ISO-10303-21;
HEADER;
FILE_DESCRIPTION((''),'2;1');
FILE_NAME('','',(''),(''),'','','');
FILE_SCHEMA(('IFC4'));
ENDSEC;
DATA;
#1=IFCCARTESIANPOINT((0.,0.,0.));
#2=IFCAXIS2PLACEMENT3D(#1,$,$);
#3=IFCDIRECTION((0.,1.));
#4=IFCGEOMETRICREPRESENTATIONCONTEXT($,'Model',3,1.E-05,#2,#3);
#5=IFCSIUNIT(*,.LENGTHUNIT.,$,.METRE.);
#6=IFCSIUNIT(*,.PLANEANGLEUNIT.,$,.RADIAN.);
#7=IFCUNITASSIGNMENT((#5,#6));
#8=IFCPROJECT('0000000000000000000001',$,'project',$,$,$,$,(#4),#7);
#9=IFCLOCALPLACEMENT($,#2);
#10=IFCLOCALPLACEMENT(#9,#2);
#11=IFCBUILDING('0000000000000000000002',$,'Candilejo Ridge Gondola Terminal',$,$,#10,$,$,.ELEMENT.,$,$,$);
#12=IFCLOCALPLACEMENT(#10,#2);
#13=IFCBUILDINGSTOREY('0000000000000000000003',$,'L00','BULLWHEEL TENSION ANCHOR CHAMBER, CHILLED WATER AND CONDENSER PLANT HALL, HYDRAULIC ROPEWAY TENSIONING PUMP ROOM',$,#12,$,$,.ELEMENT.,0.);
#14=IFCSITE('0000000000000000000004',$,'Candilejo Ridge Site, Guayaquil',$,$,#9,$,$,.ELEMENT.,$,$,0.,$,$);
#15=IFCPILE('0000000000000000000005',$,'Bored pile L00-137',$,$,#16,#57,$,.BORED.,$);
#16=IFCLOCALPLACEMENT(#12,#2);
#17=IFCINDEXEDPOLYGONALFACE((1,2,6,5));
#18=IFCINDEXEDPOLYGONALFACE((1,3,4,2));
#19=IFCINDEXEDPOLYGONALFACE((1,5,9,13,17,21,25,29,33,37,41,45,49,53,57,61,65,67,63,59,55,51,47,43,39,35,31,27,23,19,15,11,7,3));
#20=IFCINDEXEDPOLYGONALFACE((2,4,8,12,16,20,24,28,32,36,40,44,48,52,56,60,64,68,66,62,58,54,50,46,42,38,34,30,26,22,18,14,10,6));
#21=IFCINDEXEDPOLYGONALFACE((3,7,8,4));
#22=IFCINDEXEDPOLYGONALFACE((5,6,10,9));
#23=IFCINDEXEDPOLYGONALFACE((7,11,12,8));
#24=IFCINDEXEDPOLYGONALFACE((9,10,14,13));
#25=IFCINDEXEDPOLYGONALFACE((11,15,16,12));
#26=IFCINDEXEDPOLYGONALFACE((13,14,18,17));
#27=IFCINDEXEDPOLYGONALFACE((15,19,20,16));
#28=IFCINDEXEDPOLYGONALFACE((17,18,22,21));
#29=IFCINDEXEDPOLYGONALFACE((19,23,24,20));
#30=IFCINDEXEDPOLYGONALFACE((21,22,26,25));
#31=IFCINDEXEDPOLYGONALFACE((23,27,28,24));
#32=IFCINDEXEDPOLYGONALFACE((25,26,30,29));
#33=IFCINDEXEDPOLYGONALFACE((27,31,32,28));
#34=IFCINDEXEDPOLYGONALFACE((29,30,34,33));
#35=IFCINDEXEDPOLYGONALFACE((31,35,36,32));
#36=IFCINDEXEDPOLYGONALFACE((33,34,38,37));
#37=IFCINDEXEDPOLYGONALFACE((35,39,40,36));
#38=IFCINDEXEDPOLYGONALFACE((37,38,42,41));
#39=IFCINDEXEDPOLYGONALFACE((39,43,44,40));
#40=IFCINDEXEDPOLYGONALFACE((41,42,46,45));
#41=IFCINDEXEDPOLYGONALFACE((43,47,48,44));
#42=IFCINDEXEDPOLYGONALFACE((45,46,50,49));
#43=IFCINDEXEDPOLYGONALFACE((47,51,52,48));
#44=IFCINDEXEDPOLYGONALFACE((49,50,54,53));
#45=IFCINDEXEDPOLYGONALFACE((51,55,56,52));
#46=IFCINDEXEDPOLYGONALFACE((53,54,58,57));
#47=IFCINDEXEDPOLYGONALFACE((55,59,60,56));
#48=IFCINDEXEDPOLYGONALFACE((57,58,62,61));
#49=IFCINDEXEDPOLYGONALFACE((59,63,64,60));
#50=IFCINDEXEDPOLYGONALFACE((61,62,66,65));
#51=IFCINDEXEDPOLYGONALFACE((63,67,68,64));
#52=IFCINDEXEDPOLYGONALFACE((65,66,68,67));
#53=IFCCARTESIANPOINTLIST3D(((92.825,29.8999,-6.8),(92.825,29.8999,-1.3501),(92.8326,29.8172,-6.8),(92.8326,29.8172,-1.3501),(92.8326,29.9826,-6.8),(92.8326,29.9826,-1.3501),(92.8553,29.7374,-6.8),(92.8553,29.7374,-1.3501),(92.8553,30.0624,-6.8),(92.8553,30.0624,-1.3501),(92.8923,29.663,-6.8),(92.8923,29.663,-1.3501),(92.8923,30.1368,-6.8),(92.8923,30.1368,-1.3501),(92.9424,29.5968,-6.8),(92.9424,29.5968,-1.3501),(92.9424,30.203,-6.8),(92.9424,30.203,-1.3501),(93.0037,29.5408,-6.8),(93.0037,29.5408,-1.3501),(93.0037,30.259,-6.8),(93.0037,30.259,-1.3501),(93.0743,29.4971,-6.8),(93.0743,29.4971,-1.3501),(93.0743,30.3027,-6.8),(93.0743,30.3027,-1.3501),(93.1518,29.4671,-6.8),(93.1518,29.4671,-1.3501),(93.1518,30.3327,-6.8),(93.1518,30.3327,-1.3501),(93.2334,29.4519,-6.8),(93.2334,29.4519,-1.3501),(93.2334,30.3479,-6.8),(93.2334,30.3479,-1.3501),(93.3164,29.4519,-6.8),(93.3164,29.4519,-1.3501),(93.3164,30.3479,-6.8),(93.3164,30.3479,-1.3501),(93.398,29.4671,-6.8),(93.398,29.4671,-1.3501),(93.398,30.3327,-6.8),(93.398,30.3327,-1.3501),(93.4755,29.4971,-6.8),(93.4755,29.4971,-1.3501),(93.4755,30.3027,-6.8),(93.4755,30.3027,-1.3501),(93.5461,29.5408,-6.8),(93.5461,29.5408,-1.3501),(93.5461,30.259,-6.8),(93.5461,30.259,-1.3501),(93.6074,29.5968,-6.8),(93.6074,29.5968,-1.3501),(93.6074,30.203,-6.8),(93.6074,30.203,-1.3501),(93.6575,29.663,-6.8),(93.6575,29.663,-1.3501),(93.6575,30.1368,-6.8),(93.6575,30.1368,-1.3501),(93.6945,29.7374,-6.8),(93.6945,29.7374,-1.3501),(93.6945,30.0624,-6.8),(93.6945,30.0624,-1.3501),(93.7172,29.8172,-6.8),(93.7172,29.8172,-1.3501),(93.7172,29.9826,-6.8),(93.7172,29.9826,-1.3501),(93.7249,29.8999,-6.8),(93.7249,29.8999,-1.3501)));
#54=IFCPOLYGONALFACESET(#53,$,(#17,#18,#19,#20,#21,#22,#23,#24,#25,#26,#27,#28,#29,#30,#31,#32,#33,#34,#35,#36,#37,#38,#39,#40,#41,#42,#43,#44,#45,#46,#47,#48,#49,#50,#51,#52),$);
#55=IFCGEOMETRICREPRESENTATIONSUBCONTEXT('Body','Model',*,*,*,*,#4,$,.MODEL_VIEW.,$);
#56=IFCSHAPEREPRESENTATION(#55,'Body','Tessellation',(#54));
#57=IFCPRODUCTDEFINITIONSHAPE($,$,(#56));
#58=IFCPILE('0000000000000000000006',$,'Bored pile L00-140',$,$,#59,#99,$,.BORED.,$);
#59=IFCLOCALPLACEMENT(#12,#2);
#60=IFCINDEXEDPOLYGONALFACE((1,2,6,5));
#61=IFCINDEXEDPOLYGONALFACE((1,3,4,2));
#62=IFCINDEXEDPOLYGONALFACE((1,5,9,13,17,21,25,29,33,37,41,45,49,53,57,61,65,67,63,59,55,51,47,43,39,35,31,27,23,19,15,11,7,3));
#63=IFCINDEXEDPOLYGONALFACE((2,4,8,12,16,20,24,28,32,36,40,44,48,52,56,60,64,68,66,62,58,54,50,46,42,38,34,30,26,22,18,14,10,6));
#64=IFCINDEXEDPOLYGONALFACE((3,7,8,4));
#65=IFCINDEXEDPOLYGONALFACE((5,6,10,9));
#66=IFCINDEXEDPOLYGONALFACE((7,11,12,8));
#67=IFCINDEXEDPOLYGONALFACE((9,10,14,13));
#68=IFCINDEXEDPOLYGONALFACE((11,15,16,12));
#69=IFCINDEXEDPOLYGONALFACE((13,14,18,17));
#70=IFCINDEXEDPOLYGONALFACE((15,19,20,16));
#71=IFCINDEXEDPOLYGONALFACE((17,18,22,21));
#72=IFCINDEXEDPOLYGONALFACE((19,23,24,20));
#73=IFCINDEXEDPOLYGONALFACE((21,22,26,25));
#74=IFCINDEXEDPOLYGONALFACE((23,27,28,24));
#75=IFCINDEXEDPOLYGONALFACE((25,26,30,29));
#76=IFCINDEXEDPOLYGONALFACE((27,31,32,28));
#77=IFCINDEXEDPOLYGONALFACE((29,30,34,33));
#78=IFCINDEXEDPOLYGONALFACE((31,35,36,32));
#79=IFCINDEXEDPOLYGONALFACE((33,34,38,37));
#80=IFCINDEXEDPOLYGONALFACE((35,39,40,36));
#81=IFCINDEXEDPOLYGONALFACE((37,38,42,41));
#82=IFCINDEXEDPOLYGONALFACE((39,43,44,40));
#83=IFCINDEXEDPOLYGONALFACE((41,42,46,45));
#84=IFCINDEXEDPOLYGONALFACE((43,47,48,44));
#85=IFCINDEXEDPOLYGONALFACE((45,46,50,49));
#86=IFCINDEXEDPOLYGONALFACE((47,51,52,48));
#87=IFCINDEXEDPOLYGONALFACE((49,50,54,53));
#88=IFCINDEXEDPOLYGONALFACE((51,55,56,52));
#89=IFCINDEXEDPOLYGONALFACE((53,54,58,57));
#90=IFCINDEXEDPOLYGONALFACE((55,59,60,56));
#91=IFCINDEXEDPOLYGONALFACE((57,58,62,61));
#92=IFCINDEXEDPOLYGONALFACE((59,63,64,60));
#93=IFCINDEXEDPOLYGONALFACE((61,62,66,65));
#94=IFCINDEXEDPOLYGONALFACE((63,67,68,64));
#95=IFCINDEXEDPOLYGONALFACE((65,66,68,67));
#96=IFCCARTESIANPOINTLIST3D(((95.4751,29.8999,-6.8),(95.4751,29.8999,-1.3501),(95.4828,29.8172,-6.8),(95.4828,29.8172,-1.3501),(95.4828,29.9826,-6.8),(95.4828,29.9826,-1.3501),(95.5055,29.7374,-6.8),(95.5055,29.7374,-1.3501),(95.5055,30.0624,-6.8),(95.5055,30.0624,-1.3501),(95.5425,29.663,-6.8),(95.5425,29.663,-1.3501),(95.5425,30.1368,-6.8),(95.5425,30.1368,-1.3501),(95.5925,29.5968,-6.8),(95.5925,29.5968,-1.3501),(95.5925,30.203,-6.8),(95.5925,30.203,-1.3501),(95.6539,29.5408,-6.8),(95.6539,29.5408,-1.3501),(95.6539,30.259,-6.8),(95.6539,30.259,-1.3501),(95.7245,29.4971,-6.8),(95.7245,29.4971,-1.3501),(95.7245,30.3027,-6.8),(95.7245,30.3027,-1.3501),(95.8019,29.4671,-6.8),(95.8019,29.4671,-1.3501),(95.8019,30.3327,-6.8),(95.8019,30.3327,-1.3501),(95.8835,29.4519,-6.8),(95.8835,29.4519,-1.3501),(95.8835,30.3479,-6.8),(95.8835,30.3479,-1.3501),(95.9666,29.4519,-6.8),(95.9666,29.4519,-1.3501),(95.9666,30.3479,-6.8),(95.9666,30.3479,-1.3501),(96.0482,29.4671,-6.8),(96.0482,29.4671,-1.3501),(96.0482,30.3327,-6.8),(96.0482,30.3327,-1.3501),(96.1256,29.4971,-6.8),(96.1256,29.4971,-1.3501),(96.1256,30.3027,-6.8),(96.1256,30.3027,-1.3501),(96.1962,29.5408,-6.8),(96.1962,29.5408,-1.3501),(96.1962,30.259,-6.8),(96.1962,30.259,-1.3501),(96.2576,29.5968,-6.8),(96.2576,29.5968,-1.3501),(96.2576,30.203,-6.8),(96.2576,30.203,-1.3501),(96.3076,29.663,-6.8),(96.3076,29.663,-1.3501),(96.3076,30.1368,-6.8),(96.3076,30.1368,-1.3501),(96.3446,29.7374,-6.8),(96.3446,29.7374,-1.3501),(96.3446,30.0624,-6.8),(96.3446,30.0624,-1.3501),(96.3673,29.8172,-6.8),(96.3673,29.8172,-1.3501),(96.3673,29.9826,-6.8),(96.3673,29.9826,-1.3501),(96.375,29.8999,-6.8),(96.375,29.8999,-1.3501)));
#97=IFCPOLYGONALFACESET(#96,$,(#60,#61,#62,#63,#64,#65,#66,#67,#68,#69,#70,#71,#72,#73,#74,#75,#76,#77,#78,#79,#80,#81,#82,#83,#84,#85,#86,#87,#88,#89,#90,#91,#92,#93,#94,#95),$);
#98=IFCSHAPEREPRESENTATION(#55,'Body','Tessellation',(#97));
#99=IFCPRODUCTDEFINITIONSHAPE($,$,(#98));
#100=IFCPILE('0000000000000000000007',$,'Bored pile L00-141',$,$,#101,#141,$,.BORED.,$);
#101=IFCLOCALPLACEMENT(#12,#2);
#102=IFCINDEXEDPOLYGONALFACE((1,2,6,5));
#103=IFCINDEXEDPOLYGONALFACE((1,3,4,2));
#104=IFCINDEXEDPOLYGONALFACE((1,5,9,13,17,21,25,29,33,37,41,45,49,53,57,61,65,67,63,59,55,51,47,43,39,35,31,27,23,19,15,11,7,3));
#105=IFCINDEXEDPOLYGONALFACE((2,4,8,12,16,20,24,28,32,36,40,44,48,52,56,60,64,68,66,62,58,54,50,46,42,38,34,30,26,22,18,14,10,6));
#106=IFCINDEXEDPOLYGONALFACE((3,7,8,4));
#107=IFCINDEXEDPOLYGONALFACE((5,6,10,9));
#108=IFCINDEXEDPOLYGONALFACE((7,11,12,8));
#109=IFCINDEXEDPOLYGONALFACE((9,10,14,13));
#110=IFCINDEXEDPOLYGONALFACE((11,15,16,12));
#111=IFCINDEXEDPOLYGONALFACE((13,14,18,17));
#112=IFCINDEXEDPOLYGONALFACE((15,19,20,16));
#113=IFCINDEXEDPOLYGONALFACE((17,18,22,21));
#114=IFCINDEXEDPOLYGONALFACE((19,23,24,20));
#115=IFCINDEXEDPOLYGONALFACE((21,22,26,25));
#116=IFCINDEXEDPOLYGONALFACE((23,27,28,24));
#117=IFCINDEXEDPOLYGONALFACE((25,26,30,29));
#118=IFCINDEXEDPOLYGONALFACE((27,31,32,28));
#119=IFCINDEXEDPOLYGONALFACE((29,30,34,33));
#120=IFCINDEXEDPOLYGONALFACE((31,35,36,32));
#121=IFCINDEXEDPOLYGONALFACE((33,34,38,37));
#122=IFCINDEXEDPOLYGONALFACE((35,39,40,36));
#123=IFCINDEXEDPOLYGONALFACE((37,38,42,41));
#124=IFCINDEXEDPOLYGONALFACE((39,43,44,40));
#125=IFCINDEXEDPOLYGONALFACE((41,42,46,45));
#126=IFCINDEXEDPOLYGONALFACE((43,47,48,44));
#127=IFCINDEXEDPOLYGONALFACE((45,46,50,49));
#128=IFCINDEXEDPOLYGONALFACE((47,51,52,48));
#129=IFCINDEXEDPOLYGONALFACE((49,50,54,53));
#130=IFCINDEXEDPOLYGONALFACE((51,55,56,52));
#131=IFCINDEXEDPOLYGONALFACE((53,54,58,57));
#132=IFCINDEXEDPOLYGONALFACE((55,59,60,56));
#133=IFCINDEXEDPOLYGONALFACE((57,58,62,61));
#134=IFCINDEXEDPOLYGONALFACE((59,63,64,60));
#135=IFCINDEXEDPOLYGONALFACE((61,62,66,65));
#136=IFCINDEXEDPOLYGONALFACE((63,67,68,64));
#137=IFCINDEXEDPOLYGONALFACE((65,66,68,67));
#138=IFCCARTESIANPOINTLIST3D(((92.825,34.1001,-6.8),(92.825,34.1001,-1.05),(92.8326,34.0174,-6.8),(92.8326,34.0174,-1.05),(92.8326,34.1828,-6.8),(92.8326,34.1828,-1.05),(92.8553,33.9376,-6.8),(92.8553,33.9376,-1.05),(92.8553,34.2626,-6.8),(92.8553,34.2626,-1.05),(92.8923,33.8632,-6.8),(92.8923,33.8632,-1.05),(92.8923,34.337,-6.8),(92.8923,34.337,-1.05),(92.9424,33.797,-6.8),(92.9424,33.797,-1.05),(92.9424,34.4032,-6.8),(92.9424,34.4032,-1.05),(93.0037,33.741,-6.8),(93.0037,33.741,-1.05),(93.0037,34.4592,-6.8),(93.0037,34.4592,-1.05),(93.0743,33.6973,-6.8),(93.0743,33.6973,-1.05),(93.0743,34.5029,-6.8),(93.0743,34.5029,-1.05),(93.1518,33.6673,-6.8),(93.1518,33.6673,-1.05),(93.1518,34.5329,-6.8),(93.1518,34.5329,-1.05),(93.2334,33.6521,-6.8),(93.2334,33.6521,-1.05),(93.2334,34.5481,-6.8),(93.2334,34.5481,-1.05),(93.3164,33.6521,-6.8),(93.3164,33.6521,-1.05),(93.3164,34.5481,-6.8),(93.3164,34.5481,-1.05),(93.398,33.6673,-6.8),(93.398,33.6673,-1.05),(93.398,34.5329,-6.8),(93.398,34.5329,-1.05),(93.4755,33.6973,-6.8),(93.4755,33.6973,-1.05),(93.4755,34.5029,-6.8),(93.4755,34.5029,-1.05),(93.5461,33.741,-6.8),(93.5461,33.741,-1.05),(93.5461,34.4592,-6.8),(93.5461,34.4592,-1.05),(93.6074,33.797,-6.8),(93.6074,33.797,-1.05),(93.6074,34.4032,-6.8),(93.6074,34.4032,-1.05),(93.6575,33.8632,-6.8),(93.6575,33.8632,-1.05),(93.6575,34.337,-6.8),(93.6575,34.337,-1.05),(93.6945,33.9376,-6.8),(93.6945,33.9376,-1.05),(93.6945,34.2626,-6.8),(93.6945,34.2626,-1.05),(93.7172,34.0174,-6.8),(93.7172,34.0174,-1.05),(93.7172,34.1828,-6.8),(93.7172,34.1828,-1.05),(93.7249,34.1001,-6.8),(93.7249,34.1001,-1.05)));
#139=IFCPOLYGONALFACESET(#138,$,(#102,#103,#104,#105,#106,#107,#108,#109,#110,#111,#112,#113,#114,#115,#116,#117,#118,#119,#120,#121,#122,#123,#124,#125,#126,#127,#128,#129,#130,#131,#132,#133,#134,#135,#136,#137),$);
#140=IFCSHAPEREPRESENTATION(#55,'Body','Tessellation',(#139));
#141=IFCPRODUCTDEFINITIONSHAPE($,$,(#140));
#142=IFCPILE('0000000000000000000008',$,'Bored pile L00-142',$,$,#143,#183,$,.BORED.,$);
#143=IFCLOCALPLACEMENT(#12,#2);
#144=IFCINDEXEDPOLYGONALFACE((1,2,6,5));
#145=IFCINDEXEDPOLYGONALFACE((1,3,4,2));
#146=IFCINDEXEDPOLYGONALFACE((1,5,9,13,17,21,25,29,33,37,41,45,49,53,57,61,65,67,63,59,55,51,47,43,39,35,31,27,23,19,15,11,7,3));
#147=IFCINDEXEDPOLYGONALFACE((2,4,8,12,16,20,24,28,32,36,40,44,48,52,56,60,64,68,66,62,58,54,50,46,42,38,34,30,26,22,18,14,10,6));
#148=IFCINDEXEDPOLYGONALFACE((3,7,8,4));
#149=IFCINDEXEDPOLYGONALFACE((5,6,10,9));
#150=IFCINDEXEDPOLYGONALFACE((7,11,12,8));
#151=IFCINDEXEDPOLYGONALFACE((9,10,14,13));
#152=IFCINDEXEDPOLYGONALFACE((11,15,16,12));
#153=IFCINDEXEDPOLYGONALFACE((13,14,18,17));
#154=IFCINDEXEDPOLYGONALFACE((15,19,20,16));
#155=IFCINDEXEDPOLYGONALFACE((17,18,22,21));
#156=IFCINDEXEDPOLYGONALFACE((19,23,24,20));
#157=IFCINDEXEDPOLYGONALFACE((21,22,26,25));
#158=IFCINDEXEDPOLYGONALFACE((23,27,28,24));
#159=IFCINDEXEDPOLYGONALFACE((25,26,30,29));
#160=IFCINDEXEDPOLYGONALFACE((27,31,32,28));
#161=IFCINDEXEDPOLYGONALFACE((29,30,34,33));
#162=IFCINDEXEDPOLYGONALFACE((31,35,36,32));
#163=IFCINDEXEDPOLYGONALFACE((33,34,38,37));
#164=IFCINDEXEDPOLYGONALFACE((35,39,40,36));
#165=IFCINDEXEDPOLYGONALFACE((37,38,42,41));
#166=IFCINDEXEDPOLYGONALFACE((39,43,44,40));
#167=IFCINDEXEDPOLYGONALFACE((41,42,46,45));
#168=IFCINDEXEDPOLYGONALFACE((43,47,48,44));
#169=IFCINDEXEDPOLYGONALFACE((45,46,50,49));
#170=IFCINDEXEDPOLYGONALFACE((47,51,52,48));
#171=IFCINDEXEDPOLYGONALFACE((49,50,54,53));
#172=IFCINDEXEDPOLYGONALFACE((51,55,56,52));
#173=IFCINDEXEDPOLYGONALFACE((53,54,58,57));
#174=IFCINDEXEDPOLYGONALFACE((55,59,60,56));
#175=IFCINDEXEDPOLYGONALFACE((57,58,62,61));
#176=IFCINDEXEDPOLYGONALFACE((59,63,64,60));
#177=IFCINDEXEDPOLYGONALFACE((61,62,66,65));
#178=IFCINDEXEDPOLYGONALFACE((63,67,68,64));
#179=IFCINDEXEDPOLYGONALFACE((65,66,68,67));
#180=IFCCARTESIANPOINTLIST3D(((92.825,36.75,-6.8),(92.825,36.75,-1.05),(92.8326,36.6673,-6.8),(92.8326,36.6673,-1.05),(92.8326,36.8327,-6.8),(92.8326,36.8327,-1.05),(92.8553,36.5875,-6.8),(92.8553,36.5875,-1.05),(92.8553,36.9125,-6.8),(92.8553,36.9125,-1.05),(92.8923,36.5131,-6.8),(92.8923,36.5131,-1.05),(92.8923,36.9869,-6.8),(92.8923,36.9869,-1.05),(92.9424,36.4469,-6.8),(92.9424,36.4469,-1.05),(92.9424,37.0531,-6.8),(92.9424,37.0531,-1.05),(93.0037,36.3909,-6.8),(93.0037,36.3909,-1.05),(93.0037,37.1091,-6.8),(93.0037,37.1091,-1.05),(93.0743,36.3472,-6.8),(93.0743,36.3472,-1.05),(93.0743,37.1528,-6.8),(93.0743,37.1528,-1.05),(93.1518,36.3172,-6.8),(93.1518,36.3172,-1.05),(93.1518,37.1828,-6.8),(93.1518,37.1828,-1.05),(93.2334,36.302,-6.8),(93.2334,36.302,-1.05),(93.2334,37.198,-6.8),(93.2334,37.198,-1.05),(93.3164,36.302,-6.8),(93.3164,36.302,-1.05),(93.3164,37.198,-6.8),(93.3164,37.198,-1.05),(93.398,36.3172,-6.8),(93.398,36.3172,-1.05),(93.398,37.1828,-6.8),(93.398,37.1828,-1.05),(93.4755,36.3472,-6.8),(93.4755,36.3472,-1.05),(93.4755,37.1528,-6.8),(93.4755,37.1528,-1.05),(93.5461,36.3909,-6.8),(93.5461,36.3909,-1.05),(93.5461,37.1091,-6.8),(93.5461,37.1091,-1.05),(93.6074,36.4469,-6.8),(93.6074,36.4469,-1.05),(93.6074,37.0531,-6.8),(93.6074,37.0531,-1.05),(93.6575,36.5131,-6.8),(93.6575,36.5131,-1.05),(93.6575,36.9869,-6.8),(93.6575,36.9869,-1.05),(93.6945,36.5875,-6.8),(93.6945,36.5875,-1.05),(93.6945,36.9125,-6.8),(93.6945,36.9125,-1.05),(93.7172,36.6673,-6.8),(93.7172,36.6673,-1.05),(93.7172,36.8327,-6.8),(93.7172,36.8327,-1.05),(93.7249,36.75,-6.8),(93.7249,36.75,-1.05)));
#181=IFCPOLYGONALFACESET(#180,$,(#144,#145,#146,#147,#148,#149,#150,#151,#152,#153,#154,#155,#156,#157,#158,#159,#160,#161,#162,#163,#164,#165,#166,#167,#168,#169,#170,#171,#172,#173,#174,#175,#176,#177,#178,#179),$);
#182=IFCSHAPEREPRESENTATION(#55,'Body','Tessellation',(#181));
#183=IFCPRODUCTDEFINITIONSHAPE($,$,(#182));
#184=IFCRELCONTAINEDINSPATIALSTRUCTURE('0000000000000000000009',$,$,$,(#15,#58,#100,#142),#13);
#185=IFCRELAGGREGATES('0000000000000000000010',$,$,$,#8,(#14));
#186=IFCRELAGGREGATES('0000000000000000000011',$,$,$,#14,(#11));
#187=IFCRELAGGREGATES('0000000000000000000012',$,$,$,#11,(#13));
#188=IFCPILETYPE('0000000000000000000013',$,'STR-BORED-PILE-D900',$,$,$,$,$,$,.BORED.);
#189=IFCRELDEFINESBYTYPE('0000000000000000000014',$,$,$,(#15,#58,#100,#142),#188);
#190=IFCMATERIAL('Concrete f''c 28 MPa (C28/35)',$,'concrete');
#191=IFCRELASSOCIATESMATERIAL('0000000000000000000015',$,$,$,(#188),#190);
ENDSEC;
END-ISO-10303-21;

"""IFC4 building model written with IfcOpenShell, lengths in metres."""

from ifc_helpers import new_model, si_unit, direction, frame, origin, origin_2d, place, context, subcontext, project, spatial, circle, extrude, material, material_profile, profile_set, type_object, element, save


model = new_model("IFC4")

# Units and contexts
model_context = context("Model", 3, precision=1e-05, world=origin(), true_north=direction((0.0, 1.0)))
body_context = subcontext(model_context, "Body", "Model", "MODEL_VIEW")
ifc_project = project(units=[si_unit("LENGTHUNIT", "METRE"), si_unit("PLANEANGLEUNIT", "RADIAN")], contexts=[model_context])

# Site, building, storey
site_placement = place(None, origin())
site = spatial("IfcSite", under=ifc_project, at=site_placement, Name="Candilejo Ridge Site, Guayaquil", CompositionType="ELEMENT", RefElevation=0.0)
building_placement = place(site_placement, origin())
building = spatial("IfcBuilding", under=site, at=building_placement, Name="Candilejo Ridge Gondola Terminal", CompositionType="ELEMENT")
storey_placement = place(building_placement, origin())
storey = spatial("IfcBuildingStorey", under=building, at=storey_placement, Name="L00", Description="BULLWHEEL TENSION ANCHOR CHAMBER, CHILLED WATER AND CONDENSER PLANT HALL, HYDRAULIC ROPEWAY TENSIONING PUMP ROOM", CompositionType="ELEMENT", Elevation=0.0)

# Piles
ifc_material_1 = material(Name="Concrete f'c 28 MPa (C28/35)", Category="concrete")
ifc_material_profile_1 = material_profile(ifc_material_1, circle(Radius=0.45, at=origin_2d()))
ifc_profile_set_1 = profile_set([ifc_material_profile_1], Name="Concrete f'c 28 MPa (C28/35)")
pile_type = type_object("IfcPileType", Name="STR-BORED-PILE-D900", PredefinedType="BORED", material=ifc_profile_set_1)
for number, where, z_axis, x_axis, name in (
    (1, (93.2749, 29.8999, -1.3501), (0.0, 0.0, -1.0), (1.0, 0.0, 0.0), "Bored pile L00-137"),
    (2, (95.925, 29.8999, -1.3501), (0.0, 0.0, -1.0), (1.0, 0.0, 0.0), "Bored pile L00-140"),
):
    element("IfcPile", number, at=place(storey_placement, frame(where, z_axis=z_axis, x_axis=x_axis)), inside=storey, type_object=pile_type, Name=name, PredefinedType="BORED", context=body_context, shape_type="SweptSolid", body=[
        extrude(circle(Radius=0.45, at=origin_2d()), origin(), (0.0, 0.0, 1.0), 5.45),
    ])
for number, where, z_axis, x_axis, name in (
    (3, (93.2749, 34.1001, -1.05), (0.0, 0.0, -1.0), (1.0, 0.0, 0.0), "Bored pile L00-141"),
    (4, (93.2749, 36.75, -1.05), (0.0, 0.0, -1.0), (1.0, 0.0, 0.0), "Bored pile L00-142"),
):
    element("IfcPile", number, at=place(storey_placement, frame(where, z_axis=z_axis, x_axis=x_axis)), inside=storey, type_object=pile_type, Name=name, PredefinedType="BORED", context=body_context, shape_type="SweptSolid", body=[
        extrude(circle(Radius=0.45, at=origin_2d()), origin(), (0.0, 0.0, 1.0), 5.75),
    ])

save(model, "model.ifc")
